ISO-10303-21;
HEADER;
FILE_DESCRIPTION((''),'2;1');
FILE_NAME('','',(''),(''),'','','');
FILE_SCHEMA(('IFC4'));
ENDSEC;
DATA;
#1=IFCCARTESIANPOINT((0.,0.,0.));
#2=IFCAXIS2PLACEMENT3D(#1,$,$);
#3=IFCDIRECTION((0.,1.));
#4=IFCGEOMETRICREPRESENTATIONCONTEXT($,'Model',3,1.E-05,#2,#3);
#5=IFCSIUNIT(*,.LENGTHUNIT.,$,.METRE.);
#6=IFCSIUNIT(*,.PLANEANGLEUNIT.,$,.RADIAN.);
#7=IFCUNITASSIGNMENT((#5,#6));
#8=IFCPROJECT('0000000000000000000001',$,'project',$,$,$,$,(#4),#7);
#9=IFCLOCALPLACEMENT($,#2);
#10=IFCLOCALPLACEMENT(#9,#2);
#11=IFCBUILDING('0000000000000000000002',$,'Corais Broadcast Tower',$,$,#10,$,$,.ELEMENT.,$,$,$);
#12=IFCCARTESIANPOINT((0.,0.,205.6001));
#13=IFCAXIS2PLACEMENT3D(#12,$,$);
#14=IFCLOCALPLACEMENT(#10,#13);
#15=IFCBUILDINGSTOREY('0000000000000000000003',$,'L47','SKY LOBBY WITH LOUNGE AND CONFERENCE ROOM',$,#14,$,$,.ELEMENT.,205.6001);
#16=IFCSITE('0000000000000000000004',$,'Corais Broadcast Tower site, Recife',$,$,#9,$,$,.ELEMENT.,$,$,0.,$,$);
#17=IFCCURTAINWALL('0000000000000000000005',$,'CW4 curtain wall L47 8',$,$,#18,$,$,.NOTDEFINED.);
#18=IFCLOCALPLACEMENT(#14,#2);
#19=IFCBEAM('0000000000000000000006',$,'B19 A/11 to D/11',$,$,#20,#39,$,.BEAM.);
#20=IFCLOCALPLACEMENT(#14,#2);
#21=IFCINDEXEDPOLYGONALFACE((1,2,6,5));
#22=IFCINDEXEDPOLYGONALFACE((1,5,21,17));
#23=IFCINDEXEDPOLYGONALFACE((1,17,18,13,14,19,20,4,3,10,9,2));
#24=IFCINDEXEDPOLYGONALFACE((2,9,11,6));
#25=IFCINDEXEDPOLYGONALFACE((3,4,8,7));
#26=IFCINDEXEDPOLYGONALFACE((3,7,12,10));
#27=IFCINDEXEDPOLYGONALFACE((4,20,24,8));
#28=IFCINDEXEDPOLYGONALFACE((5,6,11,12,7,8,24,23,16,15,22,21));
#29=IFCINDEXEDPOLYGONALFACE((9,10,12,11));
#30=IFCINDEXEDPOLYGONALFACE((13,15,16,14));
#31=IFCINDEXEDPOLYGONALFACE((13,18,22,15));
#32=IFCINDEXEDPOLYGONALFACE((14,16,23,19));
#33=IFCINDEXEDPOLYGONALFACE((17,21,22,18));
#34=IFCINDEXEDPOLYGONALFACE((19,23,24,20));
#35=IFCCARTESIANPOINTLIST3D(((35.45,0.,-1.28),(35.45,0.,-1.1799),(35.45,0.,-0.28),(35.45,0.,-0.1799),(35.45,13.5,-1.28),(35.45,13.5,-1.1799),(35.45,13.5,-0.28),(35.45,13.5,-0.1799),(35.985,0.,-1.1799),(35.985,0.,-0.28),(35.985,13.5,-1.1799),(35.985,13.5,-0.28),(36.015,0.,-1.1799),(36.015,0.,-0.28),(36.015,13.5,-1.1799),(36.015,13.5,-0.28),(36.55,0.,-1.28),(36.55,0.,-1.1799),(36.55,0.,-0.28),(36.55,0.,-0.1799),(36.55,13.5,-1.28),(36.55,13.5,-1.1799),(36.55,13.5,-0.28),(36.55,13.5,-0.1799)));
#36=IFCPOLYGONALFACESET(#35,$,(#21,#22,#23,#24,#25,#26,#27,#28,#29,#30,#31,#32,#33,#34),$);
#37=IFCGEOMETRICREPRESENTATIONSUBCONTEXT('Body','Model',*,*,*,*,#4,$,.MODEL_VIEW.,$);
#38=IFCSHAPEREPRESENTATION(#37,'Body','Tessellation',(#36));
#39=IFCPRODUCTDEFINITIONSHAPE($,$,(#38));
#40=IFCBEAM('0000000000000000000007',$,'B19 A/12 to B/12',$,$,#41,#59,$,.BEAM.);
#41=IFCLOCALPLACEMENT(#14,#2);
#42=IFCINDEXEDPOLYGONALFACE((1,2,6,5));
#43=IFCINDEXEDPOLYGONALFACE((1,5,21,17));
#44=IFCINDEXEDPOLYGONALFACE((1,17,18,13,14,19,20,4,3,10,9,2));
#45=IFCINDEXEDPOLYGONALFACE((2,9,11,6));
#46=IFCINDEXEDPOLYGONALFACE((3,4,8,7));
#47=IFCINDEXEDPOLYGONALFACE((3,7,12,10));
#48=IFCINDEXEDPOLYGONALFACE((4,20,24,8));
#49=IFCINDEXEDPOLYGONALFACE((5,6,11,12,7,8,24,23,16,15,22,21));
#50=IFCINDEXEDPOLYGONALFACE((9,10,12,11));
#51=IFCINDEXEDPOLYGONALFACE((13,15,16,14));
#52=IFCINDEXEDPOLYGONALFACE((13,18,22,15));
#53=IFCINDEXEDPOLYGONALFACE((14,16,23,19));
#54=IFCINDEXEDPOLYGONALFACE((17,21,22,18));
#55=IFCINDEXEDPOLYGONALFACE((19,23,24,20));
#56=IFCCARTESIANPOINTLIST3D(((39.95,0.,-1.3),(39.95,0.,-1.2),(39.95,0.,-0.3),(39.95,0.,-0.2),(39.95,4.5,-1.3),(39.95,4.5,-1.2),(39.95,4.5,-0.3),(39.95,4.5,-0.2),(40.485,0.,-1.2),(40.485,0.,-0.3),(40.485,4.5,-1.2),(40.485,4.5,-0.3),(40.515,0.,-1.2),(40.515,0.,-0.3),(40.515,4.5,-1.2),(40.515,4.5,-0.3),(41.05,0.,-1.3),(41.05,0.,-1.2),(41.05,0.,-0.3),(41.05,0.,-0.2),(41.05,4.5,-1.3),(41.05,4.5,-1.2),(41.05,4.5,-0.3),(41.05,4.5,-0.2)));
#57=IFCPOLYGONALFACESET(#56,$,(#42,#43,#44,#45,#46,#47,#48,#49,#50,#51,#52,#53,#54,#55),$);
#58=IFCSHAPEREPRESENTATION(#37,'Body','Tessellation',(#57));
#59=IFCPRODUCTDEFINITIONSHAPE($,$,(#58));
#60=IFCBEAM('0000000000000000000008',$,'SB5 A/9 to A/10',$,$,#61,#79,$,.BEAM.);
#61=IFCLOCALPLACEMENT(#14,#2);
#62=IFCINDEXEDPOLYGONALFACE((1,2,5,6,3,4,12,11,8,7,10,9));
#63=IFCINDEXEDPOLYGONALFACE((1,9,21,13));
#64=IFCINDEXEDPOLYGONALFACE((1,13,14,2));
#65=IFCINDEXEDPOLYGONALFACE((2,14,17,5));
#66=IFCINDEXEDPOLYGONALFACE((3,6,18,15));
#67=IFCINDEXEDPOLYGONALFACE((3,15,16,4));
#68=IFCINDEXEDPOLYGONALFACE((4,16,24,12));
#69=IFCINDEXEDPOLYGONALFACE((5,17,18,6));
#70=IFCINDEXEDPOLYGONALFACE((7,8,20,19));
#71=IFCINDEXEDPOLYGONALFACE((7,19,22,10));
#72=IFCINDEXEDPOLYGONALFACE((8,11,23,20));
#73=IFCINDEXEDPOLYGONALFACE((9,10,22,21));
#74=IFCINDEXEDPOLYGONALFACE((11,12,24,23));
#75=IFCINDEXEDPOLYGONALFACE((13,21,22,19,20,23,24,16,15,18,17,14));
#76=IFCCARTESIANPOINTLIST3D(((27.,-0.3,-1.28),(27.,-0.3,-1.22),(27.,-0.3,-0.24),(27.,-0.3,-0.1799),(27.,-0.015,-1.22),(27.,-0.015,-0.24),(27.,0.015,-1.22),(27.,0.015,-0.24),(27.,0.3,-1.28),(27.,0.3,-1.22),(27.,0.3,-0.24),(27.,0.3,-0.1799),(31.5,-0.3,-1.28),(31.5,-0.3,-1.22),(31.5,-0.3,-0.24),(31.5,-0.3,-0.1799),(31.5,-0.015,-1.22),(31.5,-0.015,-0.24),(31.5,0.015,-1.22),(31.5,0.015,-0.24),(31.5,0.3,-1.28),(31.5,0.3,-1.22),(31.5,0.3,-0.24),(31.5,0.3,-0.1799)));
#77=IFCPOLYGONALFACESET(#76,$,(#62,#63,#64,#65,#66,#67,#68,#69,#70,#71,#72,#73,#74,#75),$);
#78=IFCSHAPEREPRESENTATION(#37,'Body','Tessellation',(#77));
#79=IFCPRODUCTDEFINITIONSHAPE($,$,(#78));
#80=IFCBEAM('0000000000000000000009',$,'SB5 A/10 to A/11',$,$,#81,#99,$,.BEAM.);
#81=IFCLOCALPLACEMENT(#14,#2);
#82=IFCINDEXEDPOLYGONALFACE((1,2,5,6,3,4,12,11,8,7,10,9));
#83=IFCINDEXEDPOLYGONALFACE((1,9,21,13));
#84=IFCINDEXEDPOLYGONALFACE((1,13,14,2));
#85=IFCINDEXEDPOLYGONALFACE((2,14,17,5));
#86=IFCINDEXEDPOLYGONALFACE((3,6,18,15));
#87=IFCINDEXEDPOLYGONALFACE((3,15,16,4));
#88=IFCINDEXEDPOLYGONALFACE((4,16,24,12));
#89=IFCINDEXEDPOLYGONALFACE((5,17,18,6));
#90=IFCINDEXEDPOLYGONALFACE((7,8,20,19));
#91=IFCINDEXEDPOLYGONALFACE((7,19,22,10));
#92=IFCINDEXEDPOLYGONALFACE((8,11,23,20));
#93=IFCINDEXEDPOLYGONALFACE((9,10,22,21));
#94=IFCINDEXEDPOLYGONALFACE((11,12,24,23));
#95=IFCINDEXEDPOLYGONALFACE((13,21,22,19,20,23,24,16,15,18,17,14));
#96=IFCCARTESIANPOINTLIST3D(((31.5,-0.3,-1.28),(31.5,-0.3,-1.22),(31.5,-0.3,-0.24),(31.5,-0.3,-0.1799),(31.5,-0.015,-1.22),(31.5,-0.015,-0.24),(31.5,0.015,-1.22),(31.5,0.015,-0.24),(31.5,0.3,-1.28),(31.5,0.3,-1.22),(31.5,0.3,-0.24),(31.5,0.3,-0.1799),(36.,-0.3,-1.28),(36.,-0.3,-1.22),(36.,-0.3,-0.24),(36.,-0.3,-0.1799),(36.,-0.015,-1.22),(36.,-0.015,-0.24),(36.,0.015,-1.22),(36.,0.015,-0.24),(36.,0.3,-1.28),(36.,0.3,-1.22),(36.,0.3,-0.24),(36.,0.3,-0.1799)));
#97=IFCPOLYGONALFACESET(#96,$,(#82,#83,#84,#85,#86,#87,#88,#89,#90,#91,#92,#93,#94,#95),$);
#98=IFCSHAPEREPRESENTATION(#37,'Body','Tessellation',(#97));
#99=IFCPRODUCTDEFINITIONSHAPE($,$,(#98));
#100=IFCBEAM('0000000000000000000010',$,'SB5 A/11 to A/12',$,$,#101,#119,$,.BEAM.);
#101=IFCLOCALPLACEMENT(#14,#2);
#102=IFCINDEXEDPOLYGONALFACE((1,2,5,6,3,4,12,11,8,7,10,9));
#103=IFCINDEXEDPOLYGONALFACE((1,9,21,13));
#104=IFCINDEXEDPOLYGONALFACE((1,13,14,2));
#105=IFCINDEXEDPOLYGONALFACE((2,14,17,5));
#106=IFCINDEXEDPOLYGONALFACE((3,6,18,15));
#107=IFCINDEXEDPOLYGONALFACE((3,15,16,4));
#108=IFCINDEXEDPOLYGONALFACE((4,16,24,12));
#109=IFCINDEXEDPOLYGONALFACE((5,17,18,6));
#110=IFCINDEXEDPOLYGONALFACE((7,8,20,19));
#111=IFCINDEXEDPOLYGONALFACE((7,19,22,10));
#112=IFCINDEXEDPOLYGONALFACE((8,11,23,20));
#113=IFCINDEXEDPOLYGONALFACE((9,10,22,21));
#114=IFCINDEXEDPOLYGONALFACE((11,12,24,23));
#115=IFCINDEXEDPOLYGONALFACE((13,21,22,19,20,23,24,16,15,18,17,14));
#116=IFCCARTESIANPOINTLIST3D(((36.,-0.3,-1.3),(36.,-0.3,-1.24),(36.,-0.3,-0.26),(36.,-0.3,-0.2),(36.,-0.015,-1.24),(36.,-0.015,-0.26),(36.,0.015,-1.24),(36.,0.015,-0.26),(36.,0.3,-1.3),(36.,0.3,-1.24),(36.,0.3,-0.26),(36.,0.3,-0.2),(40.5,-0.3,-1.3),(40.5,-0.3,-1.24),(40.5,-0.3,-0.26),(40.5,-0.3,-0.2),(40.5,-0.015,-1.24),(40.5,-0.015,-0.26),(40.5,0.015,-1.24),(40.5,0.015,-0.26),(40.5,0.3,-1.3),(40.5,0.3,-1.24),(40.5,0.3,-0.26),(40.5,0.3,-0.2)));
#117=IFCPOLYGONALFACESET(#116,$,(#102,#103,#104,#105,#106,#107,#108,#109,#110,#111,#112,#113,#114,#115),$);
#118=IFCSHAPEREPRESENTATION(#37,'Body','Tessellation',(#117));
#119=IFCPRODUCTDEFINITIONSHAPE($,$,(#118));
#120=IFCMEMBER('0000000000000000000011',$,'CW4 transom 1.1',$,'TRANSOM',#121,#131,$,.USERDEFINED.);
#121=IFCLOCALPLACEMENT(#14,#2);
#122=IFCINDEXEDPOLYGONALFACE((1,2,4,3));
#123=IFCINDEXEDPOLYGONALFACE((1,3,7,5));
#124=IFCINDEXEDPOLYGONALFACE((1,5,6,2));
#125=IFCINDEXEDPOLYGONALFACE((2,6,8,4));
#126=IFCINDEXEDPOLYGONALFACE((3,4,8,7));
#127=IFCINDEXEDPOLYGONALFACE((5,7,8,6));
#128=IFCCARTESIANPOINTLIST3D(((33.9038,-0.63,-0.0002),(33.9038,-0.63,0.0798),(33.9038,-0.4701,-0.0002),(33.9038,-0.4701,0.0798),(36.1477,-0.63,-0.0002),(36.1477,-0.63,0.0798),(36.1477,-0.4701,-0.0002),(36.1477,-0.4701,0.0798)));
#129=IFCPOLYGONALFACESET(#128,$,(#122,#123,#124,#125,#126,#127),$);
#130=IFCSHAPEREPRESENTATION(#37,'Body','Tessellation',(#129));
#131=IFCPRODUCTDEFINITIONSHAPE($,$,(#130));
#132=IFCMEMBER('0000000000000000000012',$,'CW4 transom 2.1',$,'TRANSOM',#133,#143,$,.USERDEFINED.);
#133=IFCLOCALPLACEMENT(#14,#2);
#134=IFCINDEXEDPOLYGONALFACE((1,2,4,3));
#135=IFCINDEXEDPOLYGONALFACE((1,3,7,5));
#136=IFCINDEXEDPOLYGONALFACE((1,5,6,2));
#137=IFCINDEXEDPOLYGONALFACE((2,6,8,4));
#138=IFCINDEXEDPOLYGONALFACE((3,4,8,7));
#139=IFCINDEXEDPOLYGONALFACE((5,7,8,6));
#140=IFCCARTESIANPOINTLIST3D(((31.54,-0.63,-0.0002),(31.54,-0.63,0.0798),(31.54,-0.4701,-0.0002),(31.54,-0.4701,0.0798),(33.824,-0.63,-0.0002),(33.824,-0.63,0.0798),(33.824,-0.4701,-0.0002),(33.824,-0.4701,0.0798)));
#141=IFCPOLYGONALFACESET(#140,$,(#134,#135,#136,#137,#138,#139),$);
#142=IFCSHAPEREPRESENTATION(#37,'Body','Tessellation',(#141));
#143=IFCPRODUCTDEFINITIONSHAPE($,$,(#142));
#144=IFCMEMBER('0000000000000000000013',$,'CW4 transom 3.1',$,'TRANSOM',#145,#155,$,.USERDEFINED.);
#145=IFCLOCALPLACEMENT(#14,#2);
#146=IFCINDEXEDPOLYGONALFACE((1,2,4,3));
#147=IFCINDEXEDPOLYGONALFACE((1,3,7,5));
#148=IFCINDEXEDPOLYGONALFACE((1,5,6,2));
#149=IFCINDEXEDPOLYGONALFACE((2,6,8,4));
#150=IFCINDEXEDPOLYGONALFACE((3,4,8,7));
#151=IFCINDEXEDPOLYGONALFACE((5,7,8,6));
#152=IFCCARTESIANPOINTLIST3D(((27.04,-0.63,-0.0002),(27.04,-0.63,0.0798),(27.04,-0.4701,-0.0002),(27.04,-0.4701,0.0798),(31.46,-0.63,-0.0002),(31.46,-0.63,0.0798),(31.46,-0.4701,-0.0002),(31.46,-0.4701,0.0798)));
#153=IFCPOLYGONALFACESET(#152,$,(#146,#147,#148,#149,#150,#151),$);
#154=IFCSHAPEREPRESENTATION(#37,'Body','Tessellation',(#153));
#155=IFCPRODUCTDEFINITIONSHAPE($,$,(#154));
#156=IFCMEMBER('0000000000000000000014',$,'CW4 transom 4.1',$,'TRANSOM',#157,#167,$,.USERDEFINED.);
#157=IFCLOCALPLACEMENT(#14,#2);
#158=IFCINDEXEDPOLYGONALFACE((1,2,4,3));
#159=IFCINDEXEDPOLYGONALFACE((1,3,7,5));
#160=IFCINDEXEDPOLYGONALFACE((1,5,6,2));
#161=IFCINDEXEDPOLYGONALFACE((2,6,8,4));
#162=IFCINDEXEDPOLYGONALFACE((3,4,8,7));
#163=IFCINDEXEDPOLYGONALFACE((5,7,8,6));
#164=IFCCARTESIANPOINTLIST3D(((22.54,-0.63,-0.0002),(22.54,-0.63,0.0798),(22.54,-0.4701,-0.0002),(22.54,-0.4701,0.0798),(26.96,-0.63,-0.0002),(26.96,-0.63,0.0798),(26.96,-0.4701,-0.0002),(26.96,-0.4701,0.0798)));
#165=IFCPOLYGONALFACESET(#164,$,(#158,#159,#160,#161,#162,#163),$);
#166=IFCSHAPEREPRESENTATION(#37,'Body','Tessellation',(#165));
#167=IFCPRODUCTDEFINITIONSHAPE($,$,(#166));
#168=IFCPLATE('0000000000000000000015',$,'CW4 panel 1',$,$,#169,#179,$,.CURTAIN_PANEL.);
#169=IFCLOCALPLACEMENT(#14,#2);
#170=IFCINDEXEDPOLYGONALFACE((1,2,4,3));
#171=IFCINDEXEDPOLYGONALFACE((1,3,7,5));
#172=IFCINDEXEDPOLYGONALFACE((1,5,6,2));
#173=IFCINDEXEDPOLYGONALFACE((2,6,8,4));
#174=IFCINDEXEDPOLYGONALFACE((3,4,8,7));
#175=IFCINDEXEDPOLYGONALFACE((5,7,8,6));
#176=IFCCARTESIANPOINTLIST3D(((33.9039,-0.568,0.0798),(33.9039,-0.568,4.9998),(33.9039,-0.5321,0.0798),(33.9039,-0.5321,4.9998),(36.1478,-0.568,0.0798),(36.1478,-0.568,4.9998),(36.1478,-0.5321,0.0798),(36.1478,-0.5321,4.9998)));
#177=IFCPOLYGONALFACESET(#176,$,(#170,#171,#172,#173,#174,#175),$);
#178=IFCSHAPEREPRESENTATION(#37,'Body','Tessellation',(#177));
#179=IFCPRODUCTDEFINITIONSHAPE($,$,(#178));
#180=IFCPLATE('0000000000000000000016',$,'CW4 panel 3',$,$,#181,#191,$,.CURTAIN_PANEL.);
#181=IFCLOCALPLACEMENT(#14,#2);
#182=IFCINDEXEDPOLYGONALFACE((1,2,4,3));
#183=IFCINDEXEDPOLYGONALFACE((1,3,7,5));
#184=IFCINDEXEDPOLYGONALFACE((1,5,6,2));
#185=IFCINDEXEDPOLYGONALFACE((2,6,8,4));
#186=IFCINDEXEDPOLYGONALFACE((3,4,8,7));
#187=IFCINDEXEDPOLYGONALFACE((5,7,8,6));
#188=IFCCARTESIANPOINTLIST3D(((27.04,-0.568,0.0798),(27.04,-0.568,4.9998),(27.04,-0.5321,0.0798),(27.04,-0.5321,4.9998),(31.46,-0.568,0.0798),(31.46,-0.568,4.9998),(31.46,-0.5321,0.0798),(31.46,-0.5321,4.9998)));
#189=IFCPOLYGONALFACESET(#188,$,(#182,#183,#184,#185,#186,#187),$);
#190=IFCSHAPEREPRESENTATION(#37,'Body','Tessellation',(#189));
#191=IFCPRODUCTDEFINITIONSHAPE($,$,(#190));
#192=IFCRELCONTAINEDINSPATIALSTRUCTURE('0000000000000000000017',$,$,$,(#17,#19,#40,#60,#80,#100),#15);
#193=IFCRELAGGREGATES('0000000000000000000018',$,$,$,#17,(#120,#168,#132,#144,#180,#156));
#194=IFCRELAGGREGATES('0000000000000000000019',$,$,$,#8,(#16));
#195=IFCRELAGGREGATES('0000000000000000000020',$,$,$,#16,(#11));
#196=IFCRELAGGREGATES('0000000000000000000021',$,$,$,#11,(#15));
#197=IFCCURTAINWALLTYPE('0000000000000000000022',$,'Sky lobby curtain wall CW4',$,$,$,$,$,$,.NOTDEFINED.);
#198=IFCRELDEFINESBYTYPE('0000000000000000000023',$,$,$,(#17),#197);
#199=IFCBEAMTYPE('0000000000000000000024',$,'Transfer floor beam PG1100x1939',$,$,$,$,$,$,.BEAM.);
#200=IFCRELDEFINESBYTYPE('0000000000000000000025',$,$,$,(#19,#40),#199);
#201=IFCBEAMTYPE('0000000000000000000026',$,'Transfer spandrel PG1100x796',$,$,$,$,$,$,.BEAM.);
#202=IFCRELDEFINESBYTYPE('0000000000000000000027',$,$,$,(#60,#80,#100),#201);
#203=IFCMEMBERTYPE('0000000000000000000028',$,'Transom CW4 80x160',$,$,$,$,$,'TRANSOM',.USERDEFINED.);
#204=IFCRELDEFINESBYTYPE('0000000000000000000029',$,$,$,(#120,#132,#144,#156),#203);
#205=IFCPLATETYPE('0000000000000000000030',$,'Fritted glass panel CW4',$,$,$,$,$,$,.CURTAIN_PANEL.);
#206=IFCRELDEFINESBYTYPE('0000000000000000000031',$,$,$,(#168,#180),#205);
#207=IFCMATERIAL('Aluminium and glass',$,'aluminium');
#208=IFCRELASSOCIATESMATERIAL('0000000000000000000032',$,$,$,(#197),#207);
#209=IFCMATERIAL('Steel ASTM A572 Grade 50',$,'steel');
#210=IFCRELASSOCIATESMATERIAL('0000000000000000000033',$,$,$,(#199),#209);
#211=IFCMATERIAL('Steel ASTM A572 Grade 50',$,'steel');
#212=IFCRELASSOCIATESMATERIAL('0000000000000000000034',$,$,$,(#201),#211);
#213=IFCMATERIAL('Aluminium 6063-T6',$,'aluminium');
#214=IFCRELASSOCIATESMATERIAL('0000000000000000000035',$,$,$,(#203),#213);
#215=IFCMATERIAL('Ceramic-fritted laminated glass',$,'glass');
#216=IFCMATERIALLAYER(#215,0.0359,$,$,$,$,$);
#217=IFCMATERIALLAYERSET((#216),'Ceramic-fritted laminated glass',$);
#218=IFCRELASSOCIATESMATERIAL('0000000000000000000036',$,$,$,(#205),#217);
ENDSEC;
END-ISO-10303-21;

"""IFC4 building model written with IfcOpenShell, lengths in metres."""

from ifc_helpers import new_model, si_unit, direction, frame, origin, origin_2d, place, context, subcontext, project, spatial, rectangle, i_section, extrude, material, layer, layer_set, material_profile, profile_set, type_object, element, aggregate, save


model = new_model("IFC4")

# Units and contexts
model_context = context("Model", 3, precision=1e-05, world=origin(), true_north=direction((0.0, 1.0)))
body_context = subcontext(model_context, "Body", "Model", "MODEL_VIEW")
ifc_project = project(units=[si_unit("LENGTHUNIT", "METRE"), si_unit("PLANEANGLEUNIT", "RADIAN")], contexts=[model_context])

# Site, building, storey
site_placement = place(None, origin())
site = spatial("IfcSite", under=ifc_project, at=site_placement, Name="Corais Broadcast Tower site, Recife", CompositionType="ELEMENT", RefElevation=0.0)
building_placement = place(site_placement, origin())
building = spatial("IfcBuilding", under=site, at=building_placement, Name="Corais Broadcast Tower", CompositionType="ELEMENT")
storey_placement = place(building_placement, frame((0.0, 0.0, 205.6001)))
storey = spatial("IfcBuildingStorey", under=building, at=storey_placement, Name="L47", Description="SKY LOBBY WITH LOUNGE AND CONFERENCE ROOM", CompositionType="ELEMENT", Elevation=205.6001)

# Shared definitions
ifc_material_1 = material(Name="Aluminium and glass", Category="aluminium")
curtain_wall_type = type_object("IfcCurtainWallType", Name="Sky lobby curtain wall CW4", PredefinedType="NOTDEFINED", material=ifc_material_1)

# Curtain wall
curtain_wall_1_placement = place(storey_placement, origin())
curtain_wall_1 = element("IfcCurtainWall", 1, at=curtain_wall_1_placement, inside=storey, type_object=curtain_wall_type, Name="CW4 curtain wall L47 8", PredefinedType="NOTDEFINED")

# Beams
ifc_material_2 = material(Name="Steel ASTM A572 Grade 50", Category="steel")
ifc_material_profile_1 = material_profile(ifc_material_2, i_section(OverallWidth=1.1001, OverallDepth=1.1001, WebThickness=0.03, FlangeThickness=0.1001, at=origin_2d()), Name="PG1100x1939")
ifc_profile_set_1 = profile_set([ifc_material_profile_1], Name="Steel ASTM A572 Grade 50")
beam_type_1 = type_object("IfcBeamType", Name="Transfer floor beam PG1100x1939", PredefinedType="BEAM", material=ifc_profile_set_1)
for number, where, z_axis, x_axis, name in (
    (2, (36.0, 0.0, -0.73), (0.0, 1.0, 0.0), (-1.0, 0.0, 0.0), "B19 A/11 to D/11"),
):
    element("IfcBeam", number, at=place(storey_placement, frame(where, z_axis=z_axis, x_axis=x_axis)), inside=storey, type_object=beam_type_1, Name=name, PredefinedType="BEAM", context=body_context, shape_type="SweptSolid", body=[
        extrude(i_section(OverallWidth=1.1001, OverallDepth=1.1001, WebThickness=0.03, FlangeThickness=0.1001, at=origin_2d()), origin(), (0.0, 0.0, 1.0), 13.5),
    ])
beam_1_placement = place(storey_placement, frame((40.5, 0.0, -0.75), z_axis=(0.0, 1.0, 0.0), x_axis=(-1.0, 0.0, 0.0)))
element("IfcBeam", 3, at=beam_1_placement, inside=storey, type_object=beam_type_1, Name="B19 A/12 to B/12", PredefinedType="BEAM", context=body_context, shape_type="SweptSolid", body=[
    extrude(i_section(OverallWidth=1.1001, OverallDepth=1.1001, WebThickness=0.03, FlangeThickness=0.1001, at=origin_2d()), origin(), (0.0, 0.0, 1.0), 4.5),
])
ifc_material_3 = material(Name="Steel ASTM A572 Grade 50", Category="steel")
ifc_material_profile_2 = material_profile(ifc_material_3, i_section(OverallWidth=0.6001, OverallDepth=1.1001, WebThickness=0.03, FlangeThickness=0.0601, at=origin_2d()), Name="PG1100x796")
ifc_profile_set_2 = profile_set([ifc_material_profile_2], Name="Steel ASTM A572 Grade 50")
beam_type_2 = type_object("IfcBeamType", Name="Transfer spandrel PG1100x796", PredefinedType="BEAM", material=ifc_profile_set_2)
for number, where, z_axis, x_axis, name in (
    (4, (27.0, 0.0, -0.73), (1.0, 0.0, 0.0), (0.0, 1.0, 0.0), "SB5 A/9 to A/10"),
    (5, (31.5, 0.0, -0.73), (1.0, 0.0, 0.0), (0.0, 1.0, 0.0), "SB5 A/10 to A/11"),
    (6, (36.0, 0.0, -0.75), (1.0, 0.0, 0.0), (0.0, 1.0, 0.0), "SB5 A/11 to A/12"),
):
    element("IfcBeam", number, at=place(storey_placement, frame(where, z_axis=z_axis, x_axis=x_axis)), inside=storey, type_object=beam_type_2, Name=name, PredefinedType="BEAM", context=body_context, shape_type="SweptSolid", body=[
        extrude(i_section(OverallWidth=0.6001, OverallDepth=1.1001, WebThickness=0.03, FlangeThickness=0.0601, at=origin_2d()), origin(), (0.0, 0.0, 1.0), 4.5),
    ])

# Members
ifc_material_4 = material(Name="Aluminium 6063-T6", Category="aluminium")
ifc_material_profile_3 = material_profile(ifc_material_4, rectangle(XDim=0.1599, YDim=0.0801, at=origin_2d()), Name="Transom CW4 80x160")
ifc_profile_set_3 = profile_set([ifc_material_profile_3], Name="Aluminium 6063-T6")
member_type_1 = type_object("IfcMemberType", Name="Transom CW4 80x160", ElementType="TRANSOM", PredefinedType="USERDEFINED", material=ifc_profile_set_3)
member_1_placement = place(storey_placement, frame((36.1477, -0.55, 0.0398), z_axis=(-1.0, 0.0, 0.0), x_axis=(0.0, -1.0, 0.0)))
member_1 = element("IfcMember", 7, at=member_1_placement, type_object=member_type_1, Name="CW4 transom 1.1", ObjectType="TRANSOM", PredefinedType="USERDEFINED", context=body_context, shape_type="SweptSolid", body=[
    extrude(rectangle(XDim=0.1599, YDim=0.0801, at=origin_2d()), origin(), (0.0, 0.0, 1.0), 2.2439),
])
member_2_placement = place(storey_placement, frame((33.824, -0.55, 0.0398), z_axis=(-1.0, 0.0, 0.0), x_axis=(0.0, -1.0, 0.0)))
member_2 = element("IfcMember", 8, at=member_2_placement, type_object=member_type_1, Name="CW4 transom 2.1", ObjectType="TRANSOM", PredefinedType="USERDEFINED", context=body_context, shape_type="SweptSolid", body=[
    extrude(rectangle(XDim=0.1599, YDim=0.0801, at=origin_2d()), origin(), (0.0, 0.0, 1.0), 2.2839),
])
member_3_placement = place(storey_placement, frame((31.46, -0.55, 0.0398), z_axis=(-1.0, 0.0, 0.0), x_axis=(0.0, -1.0, 0.0)))
member_3 = element("IfcMember", 9, at=member_3_placement, type_object=member_type_1, Name="CW4 transom 3.1", ObjectType="TRANSOM", PredefinedType="USERDEFINED", context=body_context, shape_type="SweptSolid", body=[
    extrude(rectangle(XDim=0.1599, YDim=0.0801, at=origin_2d()), origin(), (0.0, 0.0, 1.0), 4.4199),
])
member_4_placement = place(storey_placement, frame((26.96, -0.55, 0.0398), z_axis=(-1.0, 0.0, 0.0), x_axis=(0.0, -1.0, 0.0)))
member_4 = element("IfcMember", 10, at=member_4_placement, type_object=member_type_1, Name="CW4 transom 4.1", ObjectType="TRANSOM", PredefinedType="USERDEFINED", context=body_context, shape_type="SweptSolid", body=[
    extrude(rectangle(XDim=0.1599, YDim=0.0801, at=origin_2d()), origin(), (0.0, 0.0, 1.0), 4.4199),
])

# Plates
ifc_material_5 = material(Name="Ceramic-fritted laminated glass", Category="glass")
ifc_layer_1 = layer(ifc_material_5, 0.0359)
ifc_layer_set_1 = layer_set([ifc_layer_1], Name="Ceramic-fritted laminated glass")
plate_type_1 = type_object("IfcPlateType", Name="Fritted glass panel CW4", PredefinedType="CURTAIN_PANEL", material=ifc_layer_set_1)
plate_1_placement = place(storey_placement, frame((35.0259, -0.55, 0.0798), z_axis=(0.0, 0.0, 1.0), x_axis=(-1.0, 0.0, 0.0)))
plate_1 = element("IfcPlate", 11, at=plate_1_placement, type_object=plate_type_1, Name="CW4 panel 1", PredefinedType="CURTAIN_PANEL", context=body_context, shape_type="SweptSolid", body=[
    extrude(rectangle(XDim=2.2439, YDim=0.0359, at=origin_2d()), origin(), (0.0, 0.0, 1.0), 4.9199),
])
plate_2_placement = place(storey_placement, frame((29.25, -0.55, 0.0798), z_axis=(0.0, 0.0, 1.0), x_axis=(-1.0, 0.0, 0.0)))
plate_2 = element("IfcPlate", 12, at=plate_2_placement, type_object=plate_type_1, Name="CW4 panel 3", PredefinedType="CURTAIN_PANEL", context=body_context, shape_type="SweptSolid", body=[
    extrude(rectangle(XDim=4.4199, YDim=0.0359, at=origin_2d()), origin(), (0.0, 0.0, 1.0), 4.9199),
])
aggregate(curtain_wall_1, [member_1, plate_1, member_2, member_3, plate_2, member_4])

save(model, "model.ifc")
